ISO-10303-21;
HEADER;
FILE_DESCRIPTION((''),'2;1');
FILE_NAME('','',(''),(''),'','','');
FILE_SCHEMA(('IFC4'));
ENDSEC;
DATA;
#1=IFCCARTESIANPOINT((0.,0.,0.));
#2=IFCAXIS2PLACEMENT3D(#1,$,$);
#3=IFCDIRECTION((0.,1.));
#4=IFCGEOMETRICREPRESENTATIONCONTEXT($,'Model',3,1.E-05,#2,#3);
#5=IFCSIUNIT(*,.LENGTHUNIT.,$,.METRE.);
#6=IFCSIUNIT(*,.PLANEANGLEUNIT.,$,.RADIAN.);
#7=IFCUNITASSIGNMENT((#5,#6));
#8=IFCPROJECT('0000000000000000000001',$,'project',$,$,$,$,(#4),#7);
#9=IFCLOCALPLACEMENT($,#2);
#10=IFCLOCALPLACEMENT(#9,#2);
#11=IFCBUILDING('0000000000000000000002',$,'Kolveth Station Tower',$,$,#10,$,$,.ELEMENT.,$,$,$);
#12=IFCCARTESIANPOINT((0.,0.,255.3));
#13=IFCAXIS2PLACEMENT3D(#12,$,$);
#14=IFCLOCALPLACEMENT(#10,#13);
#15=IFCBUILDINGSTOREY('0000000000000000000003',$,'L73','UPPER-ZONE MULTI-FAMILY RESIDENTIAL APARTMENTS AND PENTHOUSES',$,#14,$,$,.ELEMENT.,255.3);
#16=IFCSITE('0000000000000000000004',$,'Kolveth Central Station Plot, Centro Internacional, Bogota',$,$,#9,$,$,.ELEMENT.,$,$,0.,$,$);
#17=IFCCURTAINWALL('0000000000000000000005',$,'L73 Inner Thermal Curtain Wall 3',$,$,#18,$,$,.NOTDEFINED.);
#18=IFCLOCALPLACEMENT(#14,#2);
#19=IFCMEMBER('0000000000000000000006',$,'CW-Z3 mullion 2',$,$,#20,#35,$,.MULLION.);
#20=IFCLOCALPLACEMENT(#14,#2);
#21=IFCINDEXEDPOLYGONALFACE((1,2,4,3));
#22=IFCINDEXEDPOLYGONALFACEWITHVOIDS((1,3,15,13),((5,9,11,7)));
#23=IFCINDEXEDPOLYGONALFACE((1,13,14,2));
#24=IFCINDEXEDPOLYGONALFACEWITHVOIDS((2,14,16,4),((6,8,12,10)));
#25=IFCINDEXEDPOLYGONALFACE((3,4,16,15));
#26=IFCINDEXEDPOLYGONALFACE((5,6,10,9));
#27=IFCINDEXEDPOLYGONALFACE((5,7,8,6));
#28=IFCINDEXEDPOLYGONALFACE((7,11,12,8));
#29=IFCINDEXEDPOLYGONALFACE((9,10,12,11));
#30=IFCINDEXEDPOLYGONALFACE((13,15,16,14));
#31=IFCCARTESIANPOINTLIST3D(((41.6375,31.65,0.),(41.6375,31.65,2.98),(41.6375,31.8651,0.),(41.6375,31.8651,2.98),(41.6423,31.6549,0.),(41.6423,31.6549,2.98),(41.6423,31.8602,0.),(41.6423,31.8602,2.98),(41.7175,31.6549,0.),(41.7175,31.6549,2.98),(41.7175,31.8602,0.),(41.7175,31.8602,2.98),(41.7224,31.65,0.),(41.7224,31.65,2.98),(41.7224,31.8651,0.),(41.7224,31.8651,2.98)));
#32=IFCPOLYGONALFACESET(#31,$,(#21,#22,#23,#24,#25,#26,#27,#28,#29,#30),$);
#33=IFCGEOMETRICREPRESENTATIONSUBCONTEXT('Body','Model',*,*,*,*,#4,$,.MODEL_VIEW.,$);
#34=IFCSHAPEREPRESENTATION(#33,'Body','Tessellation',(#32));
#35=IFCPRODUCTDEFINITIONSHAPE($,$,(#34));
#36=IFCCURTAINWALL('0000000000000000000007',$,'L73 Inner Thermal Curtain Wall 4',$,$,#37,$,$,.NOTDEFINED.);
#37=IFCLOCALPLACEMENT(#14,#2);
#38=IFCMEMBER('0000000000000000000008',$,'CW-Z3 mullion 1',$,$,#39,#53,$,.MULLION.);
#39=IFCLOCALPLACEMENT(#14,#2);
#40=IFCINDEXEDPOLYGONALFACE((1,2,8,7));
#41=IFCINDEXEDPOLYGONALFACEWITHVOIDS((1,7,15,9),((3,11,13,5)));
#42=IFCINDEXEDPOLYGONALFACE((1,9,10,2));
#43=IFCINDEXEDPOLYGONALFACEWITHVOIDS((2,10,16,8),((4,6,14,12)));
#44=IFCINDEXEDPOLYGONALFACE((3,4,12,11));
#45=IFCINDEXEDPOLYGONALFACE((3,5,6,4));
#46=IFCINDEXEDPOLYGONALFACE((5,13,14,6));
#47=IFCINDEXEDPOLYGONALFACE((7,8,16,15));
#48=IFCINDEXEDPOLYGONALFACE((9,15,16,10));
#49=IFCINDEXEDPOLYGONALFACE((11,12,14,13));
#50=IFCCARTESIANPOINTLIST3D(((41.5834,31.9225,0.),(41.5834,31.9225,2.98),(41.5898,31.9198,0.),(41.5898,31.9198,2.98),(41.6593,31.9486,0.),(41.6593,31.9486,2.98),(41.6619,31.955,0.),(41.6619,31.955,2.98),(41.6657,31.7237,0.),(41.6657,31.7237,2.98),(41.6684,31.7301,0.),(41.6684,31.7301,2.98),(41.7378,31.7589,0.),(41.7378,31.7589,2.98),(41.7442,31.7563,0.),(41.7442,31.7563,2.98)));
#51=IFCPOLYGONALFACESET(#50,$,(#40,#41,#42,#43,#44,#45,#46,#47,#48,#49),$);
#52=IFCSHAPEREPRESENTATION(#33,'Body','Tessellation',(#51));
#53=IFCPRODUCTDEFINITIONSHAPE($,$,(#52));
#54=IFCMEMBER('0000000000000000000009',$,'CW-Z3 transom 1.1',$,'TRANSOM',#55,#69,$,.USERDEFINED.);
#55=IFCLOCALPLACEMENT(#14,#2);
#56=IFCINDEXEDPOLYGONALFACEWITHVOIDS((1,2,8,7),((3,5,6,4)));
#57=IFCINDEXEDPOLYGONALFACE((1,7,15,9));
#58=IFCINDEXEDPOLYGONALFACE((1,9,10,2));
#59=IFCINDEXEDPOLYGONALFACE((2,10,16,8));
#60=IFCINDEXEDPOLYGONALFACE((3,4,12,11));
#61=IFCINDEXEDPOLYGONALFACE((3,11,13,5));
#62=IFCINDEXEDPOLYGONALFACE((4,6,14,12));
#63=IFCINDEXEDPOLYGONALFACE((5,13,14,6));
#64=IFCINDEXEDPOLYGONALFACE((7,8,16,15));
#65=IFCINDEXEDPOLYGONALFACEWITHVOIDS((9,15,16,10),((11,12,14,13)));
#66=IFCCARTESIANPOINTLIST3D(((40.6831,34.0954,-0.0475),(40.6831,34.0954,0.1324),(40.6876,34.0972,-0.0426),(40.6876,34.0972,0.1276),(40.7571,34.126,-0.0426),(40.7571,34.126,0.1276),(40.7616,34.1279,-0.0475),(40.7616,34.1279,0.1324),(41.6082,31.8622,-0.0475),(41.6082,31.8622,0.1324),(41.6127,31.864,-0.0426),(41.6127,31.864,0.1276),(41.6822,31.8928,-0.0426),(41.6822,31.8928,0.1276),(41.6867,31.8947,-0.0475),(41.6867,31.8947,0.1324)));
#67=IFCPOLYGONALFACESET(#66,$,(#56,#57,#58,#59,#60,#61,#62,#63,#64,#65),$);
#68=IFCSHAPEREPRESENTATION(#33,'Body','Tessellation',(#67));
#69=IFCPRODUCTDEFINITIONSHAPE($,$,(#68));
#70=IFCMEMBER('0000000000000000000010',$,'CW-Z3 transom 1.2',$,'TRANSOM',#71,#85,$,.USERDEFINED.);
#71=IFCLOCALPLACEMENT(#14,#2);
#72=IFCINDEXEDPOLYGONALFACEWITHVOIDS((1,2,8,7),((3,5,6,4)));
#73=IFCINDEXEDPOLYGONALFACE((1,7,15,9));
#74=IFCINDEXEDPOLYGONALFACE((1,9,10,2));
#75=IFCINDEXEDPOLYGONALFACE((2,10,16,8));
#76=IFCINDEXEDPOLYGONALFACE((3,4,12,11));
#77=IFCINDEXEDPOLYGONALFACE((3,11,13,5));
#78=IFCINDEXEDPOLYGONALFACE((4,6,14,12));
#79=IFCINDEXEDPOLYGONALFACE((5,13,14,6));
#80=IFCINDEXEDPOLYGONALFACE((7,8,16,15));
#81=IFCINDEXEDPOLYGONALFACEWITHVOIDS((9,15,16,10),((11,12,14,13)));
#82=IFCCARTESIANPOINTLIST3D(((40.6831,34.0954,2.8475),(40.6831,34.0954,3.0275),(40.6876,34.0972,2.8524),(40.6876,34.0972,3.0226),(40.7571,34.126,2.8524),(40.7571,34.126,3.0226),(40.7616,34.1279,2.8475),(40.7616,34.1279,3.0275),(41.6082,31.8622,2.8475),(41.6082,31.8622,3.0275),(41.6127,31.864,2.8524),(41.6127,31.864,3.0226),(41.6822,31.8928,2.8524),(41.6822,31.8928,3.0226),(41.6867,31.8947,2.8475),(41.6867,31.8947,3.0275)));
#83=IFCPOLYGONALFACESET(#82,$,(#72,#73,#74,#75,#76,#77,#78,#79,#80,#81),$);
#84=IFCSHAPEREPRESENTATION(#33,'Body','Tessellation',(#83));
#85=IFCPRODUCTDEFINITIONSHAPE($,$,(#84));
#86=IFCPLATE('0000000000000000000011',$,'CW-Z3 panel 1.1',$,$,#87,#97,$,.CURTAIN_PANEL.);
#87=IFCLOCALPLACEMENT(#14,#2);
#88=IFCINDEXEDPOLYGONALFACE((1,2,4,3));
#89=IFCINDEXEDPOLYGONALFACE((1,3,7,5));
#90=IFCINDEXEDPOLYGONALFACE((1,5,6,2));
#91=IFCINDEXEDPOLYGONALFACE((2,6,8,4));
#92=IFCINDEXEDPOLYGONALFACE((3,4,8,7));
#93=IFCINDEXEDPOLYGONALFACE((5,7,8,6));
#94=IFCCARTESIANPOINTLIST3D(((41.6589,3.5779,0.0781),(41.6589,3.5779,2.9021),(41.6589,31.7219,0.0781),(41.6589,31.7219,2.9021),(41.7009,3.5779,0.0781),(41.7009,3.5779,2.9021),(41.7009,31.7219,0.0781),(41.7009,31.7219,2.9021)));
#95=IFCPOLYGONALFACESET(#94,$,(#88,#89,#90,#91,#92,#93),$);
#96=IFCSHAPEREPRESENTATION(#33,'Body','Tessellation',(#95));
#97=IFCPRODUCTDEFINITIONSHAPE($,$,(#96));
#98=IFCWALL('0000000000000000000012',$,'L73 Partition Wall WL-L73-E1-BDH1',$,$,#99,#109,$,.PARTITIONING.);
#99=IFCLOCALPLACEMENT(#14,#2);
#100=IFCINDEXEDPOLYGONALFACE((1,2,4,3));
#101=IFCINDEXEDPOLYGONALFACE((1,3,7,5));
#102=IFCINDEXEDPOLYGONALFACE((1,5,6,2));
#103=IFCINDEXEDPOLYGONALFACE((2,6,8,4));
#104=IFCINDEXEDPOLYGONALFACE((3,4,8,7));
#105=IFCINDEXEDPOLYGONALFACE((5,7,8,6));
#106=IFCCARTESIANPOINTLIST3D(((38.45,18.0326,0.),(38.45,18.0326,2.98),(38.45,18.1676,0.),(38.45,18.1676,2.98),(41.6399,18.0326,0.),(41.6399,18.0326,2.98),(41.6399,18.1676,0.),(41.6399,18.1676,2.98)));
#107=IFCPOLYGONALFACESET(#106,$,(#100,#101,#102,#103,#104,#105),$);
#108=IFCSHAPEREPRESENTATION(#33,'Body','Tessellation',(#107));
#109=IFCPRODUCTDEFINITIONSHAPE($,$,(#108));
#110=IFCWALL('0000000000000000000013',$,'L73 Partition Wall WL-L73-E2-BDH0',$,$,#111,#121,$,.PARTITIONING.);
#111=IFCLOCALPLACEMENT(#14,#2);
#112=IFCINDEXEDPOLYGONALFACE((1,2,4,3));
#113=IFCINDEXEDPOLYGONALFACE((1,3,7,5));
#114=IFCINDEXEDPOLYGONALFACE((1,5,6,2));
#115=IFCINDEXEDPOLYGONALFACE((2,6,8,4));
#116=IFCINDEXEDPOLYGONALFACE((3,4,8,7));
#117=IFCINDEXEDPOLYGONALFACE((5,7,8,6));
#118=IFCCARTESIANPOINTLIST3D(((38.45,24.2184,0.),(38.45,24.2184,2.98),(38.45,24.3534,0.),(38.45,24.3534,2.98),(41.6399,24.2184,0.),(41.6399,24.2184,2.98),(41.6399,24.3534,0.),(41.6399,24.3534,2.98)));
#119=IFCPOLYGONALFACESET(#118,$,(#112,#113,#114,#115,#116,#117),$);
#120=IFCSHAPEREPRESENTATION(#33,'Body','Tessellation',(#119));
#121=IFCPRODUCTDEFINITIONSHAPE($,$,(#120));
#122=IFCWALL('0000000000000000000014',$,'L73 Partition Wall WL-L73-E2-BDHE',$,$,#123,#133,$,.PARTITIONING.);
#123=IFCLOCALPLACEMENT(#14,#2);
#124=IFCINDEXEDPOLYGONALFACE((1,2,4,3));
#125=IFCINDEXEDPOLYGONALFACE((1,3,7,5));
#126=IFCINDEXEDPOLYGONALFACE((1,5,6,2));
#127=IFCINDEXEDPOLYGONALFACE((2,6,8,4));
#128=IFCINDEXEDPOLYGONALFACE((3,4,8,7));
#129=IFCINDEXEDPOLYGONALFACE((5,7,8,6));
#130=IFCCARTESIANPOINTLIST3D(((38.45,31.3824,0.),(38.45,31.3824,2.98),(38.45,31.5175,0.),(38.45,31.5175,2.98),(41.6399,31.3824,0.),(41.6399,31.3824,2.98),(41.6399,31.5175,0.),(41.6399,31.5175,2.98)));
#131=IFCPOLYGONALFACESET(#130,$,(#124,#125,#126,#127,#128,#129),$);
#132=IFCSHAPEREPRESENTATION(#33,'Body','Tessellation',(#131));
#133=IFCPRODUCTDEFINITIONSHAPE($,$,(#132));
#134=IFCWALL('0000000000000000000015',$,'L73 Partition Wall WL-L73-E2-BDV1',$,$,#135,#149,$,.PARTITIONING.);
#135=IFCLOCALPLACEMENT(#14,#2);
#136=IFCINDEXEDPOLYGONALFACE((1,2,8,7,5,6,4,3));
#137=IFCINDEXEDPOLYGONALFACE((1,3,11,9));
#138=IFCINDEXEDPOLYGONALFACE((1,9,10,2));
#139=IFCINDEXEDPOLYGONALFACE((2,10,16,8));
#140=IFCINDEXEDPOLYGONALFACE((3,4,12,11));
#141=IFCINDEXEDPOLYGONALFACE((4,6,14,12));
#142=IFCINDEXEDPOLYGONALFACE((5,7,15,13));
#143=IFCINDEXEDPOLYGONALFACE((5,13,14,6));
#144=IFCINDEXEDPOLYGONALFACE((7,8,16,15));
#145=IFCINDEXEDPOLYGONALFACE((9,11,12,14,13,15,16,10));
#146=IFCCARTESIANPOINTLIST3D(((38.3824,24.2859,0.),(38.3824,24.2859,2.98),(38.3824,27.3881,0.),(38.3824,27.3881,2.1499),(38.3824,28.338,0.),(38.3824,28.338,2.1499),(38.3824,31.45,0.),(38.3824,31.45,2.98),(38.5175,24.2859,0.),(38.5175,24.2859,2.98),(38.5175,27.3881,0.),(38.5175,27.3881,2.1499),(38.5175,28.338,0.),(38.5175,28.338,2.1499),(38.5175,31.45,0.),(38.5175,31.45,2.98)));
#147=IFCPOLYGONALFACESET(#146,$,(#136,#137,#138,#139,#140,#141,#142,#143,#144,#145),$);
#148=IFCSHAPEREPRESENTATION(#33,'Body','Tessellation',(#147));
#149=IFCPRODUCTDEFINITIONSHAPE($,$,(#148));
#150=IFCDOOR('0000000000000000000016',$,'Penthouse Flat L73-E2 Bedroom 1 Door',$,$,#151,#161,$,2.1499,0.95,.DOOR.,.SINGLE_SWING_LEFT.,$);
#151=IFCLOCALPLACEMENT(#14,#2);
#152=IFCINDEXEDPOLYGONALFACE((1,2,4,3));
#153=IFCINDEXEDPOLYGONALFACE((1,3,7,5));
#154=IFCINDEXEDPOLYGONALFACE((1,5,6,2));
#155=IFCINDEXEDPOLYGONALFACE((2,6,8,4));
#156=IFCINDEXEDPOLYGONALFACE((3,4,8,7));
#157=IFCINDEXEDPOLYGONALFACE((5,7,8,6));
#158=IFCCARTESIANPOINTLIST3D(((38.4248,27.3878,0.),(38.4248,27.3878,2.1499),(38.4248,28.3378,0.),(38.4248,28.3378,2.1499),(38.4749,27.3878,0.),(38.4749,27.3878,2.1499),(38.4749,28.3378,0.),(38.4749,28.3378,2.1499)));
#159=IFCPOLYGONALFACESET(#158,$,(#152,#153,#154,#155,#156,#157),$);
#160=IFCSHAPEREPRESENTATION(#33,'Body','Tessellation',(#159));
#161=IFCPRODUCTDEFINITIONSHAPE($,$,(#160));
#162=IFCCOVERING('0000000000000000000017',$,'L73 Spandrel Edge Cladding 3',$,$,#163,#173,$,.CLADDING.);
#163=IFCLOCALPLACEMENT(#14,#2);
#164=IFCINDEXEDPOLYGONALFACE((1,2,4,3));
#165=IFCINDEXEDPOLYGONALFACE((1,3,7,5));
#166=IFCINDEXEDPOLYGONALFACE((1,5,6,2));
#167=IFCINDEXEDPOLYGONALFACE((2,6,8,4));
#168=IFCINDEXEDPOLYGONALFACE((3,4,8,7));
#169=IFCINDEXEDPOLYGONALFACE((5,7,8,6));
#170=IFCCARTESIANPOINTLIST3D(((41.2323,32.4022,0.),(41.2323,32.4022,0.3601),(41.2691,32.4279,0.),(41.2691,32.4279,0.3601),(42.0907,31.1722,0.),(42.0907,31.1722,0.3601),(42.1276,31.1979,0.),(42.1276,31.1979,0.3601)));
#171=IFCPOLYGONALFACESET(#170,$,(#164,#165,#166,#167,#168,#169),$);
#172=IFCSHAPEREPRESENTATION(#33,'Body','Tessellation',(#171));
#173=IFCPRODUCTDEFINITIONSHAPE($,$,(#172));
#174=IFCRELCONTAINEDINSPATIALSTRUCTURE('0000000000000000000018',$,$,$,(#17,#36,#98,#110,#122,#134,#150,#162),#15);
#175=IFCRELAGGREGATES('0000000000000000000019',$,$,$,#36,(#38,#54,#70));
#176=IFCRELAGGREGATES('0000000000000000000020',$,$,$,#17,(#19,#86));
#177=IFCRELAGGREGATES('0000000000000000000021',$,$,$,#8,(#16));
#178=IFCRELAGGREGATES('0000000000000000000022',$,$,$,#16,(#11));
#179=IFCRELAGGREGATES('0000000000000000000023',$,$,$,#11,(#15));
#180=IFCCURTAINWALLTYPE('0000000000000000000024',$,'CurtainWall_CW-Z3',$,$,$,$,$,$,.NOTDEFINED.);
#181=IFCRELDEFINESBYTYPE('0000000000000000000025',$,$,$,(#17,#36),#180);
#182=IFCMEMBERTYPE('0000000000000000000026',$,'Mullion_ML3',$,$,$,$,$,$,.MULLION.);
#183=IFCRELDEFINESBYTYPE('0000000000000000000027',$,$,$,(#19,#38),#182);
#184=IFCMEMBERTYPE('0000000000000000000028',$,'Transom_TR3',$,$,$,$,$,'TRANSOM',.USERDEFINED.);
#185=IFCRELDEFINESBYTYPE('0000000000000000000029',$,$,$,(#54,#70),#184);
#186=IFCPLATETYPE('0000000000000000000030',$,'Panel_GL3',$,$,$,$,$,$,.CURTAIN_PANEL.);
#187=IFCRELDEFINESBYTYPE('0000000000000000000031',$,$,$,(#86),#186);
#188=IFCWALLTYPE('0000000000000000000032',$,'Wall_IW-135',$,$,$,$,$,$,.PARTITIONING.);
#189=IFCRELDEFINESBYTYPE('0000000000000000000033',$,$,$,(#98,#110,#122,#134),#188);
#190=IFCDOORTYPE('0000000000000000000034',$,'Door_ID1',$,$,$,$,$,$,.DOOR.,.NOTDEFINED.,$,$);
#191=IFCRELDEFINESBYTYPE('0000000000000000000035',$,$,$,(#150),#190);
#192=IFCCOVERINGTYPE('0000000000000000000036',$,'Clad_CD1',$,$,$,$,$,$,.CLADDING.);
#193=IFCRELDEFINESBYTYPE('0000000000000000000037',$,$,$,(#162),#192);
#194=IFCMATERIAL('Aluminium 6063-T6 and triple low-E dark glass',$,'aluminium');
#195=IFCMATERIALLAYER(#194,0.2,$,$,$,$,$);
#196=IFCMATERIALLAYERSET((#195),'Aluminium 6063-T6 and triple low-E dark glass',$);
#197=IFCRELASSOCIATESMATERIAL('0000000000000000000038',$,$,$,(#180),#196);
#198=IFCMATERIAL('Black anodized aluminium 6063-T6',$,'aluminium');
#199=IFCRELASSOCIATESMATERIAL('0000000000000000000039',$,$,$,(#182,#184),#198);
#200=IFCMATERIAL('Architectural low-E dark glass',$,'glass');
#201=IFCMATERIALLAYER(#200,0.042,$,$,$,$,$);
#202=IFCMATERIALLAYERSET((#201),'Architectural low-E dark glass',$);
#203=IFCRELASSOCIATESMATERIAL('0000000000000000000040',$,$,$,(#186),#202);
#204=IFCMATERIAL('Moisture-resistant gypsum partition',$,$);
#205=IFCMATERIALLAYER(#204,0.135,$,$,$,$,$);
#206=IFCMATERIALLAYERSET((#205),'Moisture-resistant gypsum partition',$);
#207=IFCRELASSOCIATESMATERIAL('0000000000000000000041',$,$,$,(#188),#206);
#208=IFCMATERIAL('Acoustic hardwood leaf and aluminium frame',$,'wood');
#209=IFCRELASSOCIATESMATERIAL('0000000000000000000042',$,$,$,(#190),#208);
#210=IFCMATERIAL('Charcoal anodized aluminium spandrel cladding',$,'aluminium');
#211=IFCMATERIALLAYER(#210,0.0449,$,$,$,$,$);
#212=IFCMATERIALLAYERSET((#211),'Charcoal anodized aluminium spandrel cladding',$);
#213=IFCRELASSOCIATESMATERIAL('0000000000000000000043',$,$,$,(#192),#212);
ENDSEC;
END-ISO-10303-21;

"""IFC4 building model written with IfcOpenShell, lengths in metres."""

from ifc_helpers import new_model, si_unit, direction, frame, frame_2d, origin, origin_2d, place, context, subcontext, project, spatial, rectangle, hollow_rectangle, extrude, source, transform, mapped, material, layer, layer_set, material_profile, profile_set, type_object, element, fill, aggregate, save


model = new_model("IFC4")

# Units and contexts
model_context = context("Model", 3, precision=1e-05, world=origin(), true_north=direction((0.0, 1.0)))
body_context = subcontext(model_context, "Body", "Model", "MODEL_VIEW")
ifc_project = project(units=[si_unit("LENGTHUNIT", "METRE"), si_unit("PLANEANGLEUNIT", "RADIAN")], contexts=[model_context])

# Site, building, storey
site_placement = place(None, origin())
site = spatial("IfcSite", under=ifc_project, at=site_placement, Name="Kolveth Central Station Plot, Centro Internacional, Bogota", CompositionType="ELEMENT", RefElevation=0.0)
building_placement = place(site_placement, origin())
building = spatial("IfcBuilding", under=site, at=building_placement, Name="Kolveth Station Tower", CompositionType="ELEMENT")
storey_placement = place(building_placement, frame((0.0, 0.0, 255.3)))
storey = spatial("IfcBuildingStorey", under=building, at=storey_placement, Name="L73", Description="UPPER-ZONE MULTI-FAMILY RESIDENTIAL APARTMENTS AND PENTHOUSES", CompositionType="ELEMENT", Elevation=255.3)

# Shared definitions
ifc_material_1 = material(Name="Black anodized aluminium 6063-T6", Category="aluminium")

# Curtain wall, member
ifc_material_2 = material(Name="Aluminium 6063-T6 and triple low-E dark glass", Category="aluminium")
ifc_layer_1 = layer(ifc_material_2, 0.2)
ifc_layer_set_1 = layer_set([ifc_layer_1], Name="Aluminium 6063-T6 and triple low-E dark glass")
curtain_wall_type_1 = type_object("IfcCurtainWallType", Name="CurtainWall_CW-Z3", PredefinedType="NOTDEFINED", material=ifc_layer_set_1)
curtain_wall_1_placement = place(storey_placement, origin())
curtain_wall_1 = element("IfcCurtainWall", 1, at=curtain_wall_1_placement, inside=storey, type_object=curtain_wall_type_1, Name="L73 Inner Thermal Curtain Wall 3", PredefinedType="NOTDEFINED")
ifc_material_profile_1 = material_profile(ifc_material_1, hollow_rectangle(XDim=0.085, YDim=0.2151, WallThickness=0.0049, at=origin_2d()), Name="ALU-85x215x5")
ifc_profile_set_1 = profile_set([ifc_material_profile_1], Name="Black anodized aluminium 6063-T6")
member_type_1 = type_object("IfcMemberType", Name="Mullion_ML3", PredefinedType="MULLION", material=ifc_profile_set_1)
shared_shape_1 = source(origin(), body_context, "Body", "SweptSolid", [
    extrude(hollow_rectangle(XDim=0.085, YDim=0.2151, WallThickness=0.0049, at=origin_2d()), origin(), (0.0, 0.0, 1.0), 2.98),
])
member_1_placement = place(storey_placement, frame((41.6799, 31.7576, 0.0), z_axis=(0.0, 0.0, 1.0), x_axis=(-1.0, 0.0, 0.0)))
member_1 = element("IfcMember", 2, at=member_1_placement, type_object=member_type_1, Name="CW-Z3 mullion 2", PredefinedType="MULLION", context=body_context, shape_type="MappedRepresentation", body=[
    mapped(shared_shape_1, transform((0.0, 0.0, 0.0), x_axis=(1.0, 0.0, 0.0), y_axis=(0.0, 1.0, 0.0), z_axis=(0.0, 0.0, 1.0), scale=1.0)),
])

# Curtain wall, members
curtain_wall_2_placement = place(storey_placement, origin())
curtain_wall_2 = element("IfcCurtainWall", 3, at=curtain_wall_2_placement, inside=storey, type_object=curtain_wall_type_1, Name="L73 Inner Thermal Curtain Wall 4", PredefinedType="NOTDEFINED")
member_2_placement = place(storey_placement, frame((41.6638, 31.8394, 0.0), z_axis=(0.0, 0.0, 1.0), x_axis=(-0.923875, -0.382693, 0.0)))
member_2 = element("IfcMember", 4, at=member_2_placement, type_object=member_type_1, Name="CW-Z3 mullion 1", PredefinedType="MULLION", context=body_context, shape_type="MappedRepresentation", body=[
    mapped(shared_shape_1, transform((0.0, 0.0, 0.0), x_axis=(1.0, 0.0, 0.0), y_axis=(0.0, 1.0, 0.0), z_axis=(0.0, 0.0, 1.0), scale=1.0)),
])
ifc_material_profile_2 = material_profile(ifc_material_1, hollow_rectangle(XDim=0.085, YDim=0.1799, WallThickness=0.0049, at=origin_2d()), Name="ALU-85x180x5")
ifc_profile_set_2 = profile_set([ifc_material_profile_2], Name="Black anodized aluminium 6063-T6")
member_type_2 = type_object("IfcMemberType", Name="Transom_TR3", ElementType="TRANSOM", PredefinedType="USERDEFINED", material=ifc_profile_set_2)
shared_shape_2 = source(origin(), body_context, "Body", "SweptSolid", [
    extrude(hollow_rectangle(XDim=0.085, YDim=0.1799, WallThickness=0.0049, at=origin_2d()), origin(), (0.0, 0.0, 1.0), 2.4172),
])
member_3_placement = place(storey_placement, frame((41.6475, 31.8784, 0.0425), z_axis=(-0.3827, 0.923873, 0.0), x_axis=(-0.923873, -0.3827, 0.0)))
member_3 = element("IfcMember", 5, at=member_3_placement, type_object=member_type_2, Name="CW-Z3 transom 1.1", ObjectType="TRANSOM", PredefinedType="USERDEFINED", context=body_context, shape_type="MappedRepresentation", body=[
    mapped(shared_shape_2, transform((0.0, 0.0, 0.0), x_axis=(1.0, 0.0, 0.0), y_axis=(0.0, 1.0, 0.0), z_axis=(0.0, 0.0, 1.0), scale=1.0)),
])
member_4_placement = place(storey_placement, frame((41.6475, 31.8784, 2.9375), z_axis=(-0.3827, 0.923873, 0.0), x_axis=(-0.923873, -0.3827, 0.0)))
member_4 = element("IfcMember", 6, at=member_4_placement, type_object=member_type_2, Name="CW-Z3 transom 1.2", ObjectType="TRANSOM", PredefinedType="USERDEFINED", context=body_context, shape_type="MappedRepresentation", body=[
    mapped(shared_shape_2, transform((0.0, 0.0, 0.0), x_axis=(1.0, 0.0, 0.0), y_axis=(0.0, 1.0, 0.0), z_axis=(0.0, 0.0, 1.0), scale=1.0)),
])
aggregate(curtain_wall_2, [member_2, member_3, member_4])

# Plate
ifc_material_3 = material(Name="Architectural low-E dark glass", Category="glass")
ifc_layer_2 = layer(ifc_material_3, 0.042)
ifc_layer_set_2 = layer_set([ifc_layer_2], Name="Architectural low-E dark glass")
plate_type = type_object("IfcPlateType", Name="Panel_GL3", PredefinedType="CURTAIN_PANEL", material=ifc_layer_set_2)
shared_shape_3 = source(origin(), body_context, "Body", "SweptSolid", [
    extrude(rectangle(XDim=28.144, YDim=0.042, at=origin_2d()), origin(), (0.0, 0.0, 1.0), 2.824),
])
plate_placement = place(storey_placement, frame((41.6799, 17.6499, 0.0781), z_axis=(0.0, 0.0, 1.0), x_axis=(0.0, 1.0, 0.0)))
plate = element("IfcPlate", 7, at=plate_placement, type_object=plate_type, Name="CW-Z3 panel 1.1", PredefinedType="CURTAIN_PANEL", context=body_context, shape_type="MappedRepresentation", body=[
    mapped(shared_shape_3, transform((0.0, 0.0, 0.0), x_axis=(1.0, 0.0, 0.0), y_axis=(0.0, 1.0, 0.0), z_axis=(0.0, 0.0, 1.0), scale=1.0)),
])
aggregate(curtain_wall_1, [member_1, plate])

# Shared definitions
ifc_material_4 = material(Name="Moisture-resistant gypsum partition")
ifc_layer_3 = layer(ifc_material_4, 0.135)
ifc_layer_set_3 = layer_set([ifc_layer_3], Name="Moisture-resistant gypsum partition")
wall_type = type_object("IfcWallType", Name="Wall_IW-135", PredefinedType="PARTITIONING", material=ifc_layer_set_3)
ifc_material_5 = material(Name="Acoustic hardwood leaf and aluminium frame", Category="wood")
door_type = type_object("IfcDoorType", Name="Door_ID1", OperationType="NOTDEFINED", PredefinedType="DOOR", material=ifc_material_5)

# Walls
for number, where, z_axis, x_axis, name in (
    (8, (38.45, 18.1001, 0.0), (0.0, 0.0, 1.0), (1.0, 0.0, 0.0), "L73 Partition Wall WL-L73-E1-BDH1"),
    (9, (38.45, 24.2859, 0.0), (0.0, 0.0, 1.0), (1.0, 0.0, 0.0), "L73 Partition Wall WL-L73-E2-BDH0"),
    (10, (38.45, 31.45, 0.0), (0.0, 0.0, 1.0), (1.0, 0.0, 0.0), "L73 Partition Wall WL-L73-E2-BDHE"),
):
    element("IfcWall", number, at=place(storey_placement, frame(where, z_axis=z_axis, x_axis=x_axis)), inside=storey, type_object=wall_type, Name=name, PredefinedType="PARTITIONING", context=body_context, shape_type="SweptSolid", body=[
        extrude(rectangle(XDim=3.1899, YDim=0.135, at=frame_2d((1.595, 0.0))), origin(), (0.0, 0.0, 1.0), 2.98),
    ])

# Wall, opening, door
wall_1_placement = place(storey_placement, frame((38.45, 24.2859, 0.0), z_axis=(0.0, 0.0, 1.0), x_axis=(0.0, 1.0, 0.0)))
wall_1 = element("IfcWall", 11, at=wall_1_placement, inside=storey, type_object=wall_type, Name="L73 Partition Wall WL-L73-E2-BDV1", PredefinedType="PARTITIONING", context=body_context, shape_type="SweptSolid", body=[
    extrude(rectangle(XDim=7.1641, YDim=0.135, at=frame_2d((3.582, 0.0))), origin(), (0.0, 0.0, 1.0), 2.98),
])
opening_1_placement = place(wall_1_placement, frame((3.1021, 0.0, 0.0)))
opening_1 = element("IfcOpeningElement", 12, at=opening_1_placement, cuts=wall_1, PredefinedType="OPENING", context=body_context, shape_type="SweptSolid", body=[
    extrude(rectangle(XDim=0.95, YDim=2.1499, at=frame_2d((0.4751, 1.075))), frame((0.0, 0.0774, 0.0), z_axis=(0.0, -1.0, 0.0), x_axis=(1.0, 0.0, 0.0)), (0.0, 0.0, 1.0), 0.155),
])
door_1_placement = place(opening_1_placement, frame((0.95, 0.0, 0.0), z_axis=(0.0, 0.0, 1.0), x_axis=(-1.0, 0.0, 0.0)))
door_1 = element("IfcDoor", 13, at=door_1_placement, inside=storey, type_object=door_type, Name="Penthouse Flat L73-E2 Bedroom 1 Door", OperationType="SINGLE_SWING_LEFT", OverallHeight=2.1499, OverallWidth=0.95, PredefinedType="DOOR", context=body_context, shape_type="SweptSolid", body=[
    extrude(rectangle(XDim=0.95, YDim=2.1499, at=frame_2d((0.4751, 1.075))), frame((0.0, 0.0249, 0.0), z_axis=(0.0, -1.0, 0.0), x_axis=(1.0, 0.0, 0.0)), (0.0, 0.0, 1.0), 0.05),
])
fill(opening_1, door_1)

# Covering
ifc_material_6 = material(Name="Charcoal anodized aluminium spandrel cladding", Category="aluminium")
ifc_layer_4 = layer(ifc_material_6, 0.0449)
ifc_layer_set_4 = layer_set([ifc_layer_4], Name="Charcoal anodized aluminium spandrel cladding")
covering_type = type_object("IfcCoveringType", Name="Clad_CD1", PredefinedType="CLADDING", material=ifc_layer_set_4)
shared_shape_4 = source(origin(), body_context, "Body", "SweptSolid", [
    extrude(rectangle(XDim=1.5, YDim=0.0449, at=origin_2d()), origin(), (0.0, 0.0, 1.0), 0.3601),
])
covering_placement = place(storey_placement, frame((41.6799, 31.8, 0.0), z_axis=(0.0, 0.0, 1.0), x_axis=(-0.572289, 0.820052, 0.0)))
element("IfcCovering", 14, at=covering_placement, inside=storey, type_object=covering_type, Name="L73 Spandrel Edge Cladding 3", PredefinedType="CLADDING", context=body_context, shape_type="MappedRepresentation", body=[
    mapped(shared_shape_4, transform((0.0, 0.0, 0.0), x_axis=(1.0, 0.0, 0.0), y_axis=(0.0, 1.0, 0.0), z_axis=(0.0, 0.0, 1.0), scale=1.0)),
])

save(model, "model.ifc")
